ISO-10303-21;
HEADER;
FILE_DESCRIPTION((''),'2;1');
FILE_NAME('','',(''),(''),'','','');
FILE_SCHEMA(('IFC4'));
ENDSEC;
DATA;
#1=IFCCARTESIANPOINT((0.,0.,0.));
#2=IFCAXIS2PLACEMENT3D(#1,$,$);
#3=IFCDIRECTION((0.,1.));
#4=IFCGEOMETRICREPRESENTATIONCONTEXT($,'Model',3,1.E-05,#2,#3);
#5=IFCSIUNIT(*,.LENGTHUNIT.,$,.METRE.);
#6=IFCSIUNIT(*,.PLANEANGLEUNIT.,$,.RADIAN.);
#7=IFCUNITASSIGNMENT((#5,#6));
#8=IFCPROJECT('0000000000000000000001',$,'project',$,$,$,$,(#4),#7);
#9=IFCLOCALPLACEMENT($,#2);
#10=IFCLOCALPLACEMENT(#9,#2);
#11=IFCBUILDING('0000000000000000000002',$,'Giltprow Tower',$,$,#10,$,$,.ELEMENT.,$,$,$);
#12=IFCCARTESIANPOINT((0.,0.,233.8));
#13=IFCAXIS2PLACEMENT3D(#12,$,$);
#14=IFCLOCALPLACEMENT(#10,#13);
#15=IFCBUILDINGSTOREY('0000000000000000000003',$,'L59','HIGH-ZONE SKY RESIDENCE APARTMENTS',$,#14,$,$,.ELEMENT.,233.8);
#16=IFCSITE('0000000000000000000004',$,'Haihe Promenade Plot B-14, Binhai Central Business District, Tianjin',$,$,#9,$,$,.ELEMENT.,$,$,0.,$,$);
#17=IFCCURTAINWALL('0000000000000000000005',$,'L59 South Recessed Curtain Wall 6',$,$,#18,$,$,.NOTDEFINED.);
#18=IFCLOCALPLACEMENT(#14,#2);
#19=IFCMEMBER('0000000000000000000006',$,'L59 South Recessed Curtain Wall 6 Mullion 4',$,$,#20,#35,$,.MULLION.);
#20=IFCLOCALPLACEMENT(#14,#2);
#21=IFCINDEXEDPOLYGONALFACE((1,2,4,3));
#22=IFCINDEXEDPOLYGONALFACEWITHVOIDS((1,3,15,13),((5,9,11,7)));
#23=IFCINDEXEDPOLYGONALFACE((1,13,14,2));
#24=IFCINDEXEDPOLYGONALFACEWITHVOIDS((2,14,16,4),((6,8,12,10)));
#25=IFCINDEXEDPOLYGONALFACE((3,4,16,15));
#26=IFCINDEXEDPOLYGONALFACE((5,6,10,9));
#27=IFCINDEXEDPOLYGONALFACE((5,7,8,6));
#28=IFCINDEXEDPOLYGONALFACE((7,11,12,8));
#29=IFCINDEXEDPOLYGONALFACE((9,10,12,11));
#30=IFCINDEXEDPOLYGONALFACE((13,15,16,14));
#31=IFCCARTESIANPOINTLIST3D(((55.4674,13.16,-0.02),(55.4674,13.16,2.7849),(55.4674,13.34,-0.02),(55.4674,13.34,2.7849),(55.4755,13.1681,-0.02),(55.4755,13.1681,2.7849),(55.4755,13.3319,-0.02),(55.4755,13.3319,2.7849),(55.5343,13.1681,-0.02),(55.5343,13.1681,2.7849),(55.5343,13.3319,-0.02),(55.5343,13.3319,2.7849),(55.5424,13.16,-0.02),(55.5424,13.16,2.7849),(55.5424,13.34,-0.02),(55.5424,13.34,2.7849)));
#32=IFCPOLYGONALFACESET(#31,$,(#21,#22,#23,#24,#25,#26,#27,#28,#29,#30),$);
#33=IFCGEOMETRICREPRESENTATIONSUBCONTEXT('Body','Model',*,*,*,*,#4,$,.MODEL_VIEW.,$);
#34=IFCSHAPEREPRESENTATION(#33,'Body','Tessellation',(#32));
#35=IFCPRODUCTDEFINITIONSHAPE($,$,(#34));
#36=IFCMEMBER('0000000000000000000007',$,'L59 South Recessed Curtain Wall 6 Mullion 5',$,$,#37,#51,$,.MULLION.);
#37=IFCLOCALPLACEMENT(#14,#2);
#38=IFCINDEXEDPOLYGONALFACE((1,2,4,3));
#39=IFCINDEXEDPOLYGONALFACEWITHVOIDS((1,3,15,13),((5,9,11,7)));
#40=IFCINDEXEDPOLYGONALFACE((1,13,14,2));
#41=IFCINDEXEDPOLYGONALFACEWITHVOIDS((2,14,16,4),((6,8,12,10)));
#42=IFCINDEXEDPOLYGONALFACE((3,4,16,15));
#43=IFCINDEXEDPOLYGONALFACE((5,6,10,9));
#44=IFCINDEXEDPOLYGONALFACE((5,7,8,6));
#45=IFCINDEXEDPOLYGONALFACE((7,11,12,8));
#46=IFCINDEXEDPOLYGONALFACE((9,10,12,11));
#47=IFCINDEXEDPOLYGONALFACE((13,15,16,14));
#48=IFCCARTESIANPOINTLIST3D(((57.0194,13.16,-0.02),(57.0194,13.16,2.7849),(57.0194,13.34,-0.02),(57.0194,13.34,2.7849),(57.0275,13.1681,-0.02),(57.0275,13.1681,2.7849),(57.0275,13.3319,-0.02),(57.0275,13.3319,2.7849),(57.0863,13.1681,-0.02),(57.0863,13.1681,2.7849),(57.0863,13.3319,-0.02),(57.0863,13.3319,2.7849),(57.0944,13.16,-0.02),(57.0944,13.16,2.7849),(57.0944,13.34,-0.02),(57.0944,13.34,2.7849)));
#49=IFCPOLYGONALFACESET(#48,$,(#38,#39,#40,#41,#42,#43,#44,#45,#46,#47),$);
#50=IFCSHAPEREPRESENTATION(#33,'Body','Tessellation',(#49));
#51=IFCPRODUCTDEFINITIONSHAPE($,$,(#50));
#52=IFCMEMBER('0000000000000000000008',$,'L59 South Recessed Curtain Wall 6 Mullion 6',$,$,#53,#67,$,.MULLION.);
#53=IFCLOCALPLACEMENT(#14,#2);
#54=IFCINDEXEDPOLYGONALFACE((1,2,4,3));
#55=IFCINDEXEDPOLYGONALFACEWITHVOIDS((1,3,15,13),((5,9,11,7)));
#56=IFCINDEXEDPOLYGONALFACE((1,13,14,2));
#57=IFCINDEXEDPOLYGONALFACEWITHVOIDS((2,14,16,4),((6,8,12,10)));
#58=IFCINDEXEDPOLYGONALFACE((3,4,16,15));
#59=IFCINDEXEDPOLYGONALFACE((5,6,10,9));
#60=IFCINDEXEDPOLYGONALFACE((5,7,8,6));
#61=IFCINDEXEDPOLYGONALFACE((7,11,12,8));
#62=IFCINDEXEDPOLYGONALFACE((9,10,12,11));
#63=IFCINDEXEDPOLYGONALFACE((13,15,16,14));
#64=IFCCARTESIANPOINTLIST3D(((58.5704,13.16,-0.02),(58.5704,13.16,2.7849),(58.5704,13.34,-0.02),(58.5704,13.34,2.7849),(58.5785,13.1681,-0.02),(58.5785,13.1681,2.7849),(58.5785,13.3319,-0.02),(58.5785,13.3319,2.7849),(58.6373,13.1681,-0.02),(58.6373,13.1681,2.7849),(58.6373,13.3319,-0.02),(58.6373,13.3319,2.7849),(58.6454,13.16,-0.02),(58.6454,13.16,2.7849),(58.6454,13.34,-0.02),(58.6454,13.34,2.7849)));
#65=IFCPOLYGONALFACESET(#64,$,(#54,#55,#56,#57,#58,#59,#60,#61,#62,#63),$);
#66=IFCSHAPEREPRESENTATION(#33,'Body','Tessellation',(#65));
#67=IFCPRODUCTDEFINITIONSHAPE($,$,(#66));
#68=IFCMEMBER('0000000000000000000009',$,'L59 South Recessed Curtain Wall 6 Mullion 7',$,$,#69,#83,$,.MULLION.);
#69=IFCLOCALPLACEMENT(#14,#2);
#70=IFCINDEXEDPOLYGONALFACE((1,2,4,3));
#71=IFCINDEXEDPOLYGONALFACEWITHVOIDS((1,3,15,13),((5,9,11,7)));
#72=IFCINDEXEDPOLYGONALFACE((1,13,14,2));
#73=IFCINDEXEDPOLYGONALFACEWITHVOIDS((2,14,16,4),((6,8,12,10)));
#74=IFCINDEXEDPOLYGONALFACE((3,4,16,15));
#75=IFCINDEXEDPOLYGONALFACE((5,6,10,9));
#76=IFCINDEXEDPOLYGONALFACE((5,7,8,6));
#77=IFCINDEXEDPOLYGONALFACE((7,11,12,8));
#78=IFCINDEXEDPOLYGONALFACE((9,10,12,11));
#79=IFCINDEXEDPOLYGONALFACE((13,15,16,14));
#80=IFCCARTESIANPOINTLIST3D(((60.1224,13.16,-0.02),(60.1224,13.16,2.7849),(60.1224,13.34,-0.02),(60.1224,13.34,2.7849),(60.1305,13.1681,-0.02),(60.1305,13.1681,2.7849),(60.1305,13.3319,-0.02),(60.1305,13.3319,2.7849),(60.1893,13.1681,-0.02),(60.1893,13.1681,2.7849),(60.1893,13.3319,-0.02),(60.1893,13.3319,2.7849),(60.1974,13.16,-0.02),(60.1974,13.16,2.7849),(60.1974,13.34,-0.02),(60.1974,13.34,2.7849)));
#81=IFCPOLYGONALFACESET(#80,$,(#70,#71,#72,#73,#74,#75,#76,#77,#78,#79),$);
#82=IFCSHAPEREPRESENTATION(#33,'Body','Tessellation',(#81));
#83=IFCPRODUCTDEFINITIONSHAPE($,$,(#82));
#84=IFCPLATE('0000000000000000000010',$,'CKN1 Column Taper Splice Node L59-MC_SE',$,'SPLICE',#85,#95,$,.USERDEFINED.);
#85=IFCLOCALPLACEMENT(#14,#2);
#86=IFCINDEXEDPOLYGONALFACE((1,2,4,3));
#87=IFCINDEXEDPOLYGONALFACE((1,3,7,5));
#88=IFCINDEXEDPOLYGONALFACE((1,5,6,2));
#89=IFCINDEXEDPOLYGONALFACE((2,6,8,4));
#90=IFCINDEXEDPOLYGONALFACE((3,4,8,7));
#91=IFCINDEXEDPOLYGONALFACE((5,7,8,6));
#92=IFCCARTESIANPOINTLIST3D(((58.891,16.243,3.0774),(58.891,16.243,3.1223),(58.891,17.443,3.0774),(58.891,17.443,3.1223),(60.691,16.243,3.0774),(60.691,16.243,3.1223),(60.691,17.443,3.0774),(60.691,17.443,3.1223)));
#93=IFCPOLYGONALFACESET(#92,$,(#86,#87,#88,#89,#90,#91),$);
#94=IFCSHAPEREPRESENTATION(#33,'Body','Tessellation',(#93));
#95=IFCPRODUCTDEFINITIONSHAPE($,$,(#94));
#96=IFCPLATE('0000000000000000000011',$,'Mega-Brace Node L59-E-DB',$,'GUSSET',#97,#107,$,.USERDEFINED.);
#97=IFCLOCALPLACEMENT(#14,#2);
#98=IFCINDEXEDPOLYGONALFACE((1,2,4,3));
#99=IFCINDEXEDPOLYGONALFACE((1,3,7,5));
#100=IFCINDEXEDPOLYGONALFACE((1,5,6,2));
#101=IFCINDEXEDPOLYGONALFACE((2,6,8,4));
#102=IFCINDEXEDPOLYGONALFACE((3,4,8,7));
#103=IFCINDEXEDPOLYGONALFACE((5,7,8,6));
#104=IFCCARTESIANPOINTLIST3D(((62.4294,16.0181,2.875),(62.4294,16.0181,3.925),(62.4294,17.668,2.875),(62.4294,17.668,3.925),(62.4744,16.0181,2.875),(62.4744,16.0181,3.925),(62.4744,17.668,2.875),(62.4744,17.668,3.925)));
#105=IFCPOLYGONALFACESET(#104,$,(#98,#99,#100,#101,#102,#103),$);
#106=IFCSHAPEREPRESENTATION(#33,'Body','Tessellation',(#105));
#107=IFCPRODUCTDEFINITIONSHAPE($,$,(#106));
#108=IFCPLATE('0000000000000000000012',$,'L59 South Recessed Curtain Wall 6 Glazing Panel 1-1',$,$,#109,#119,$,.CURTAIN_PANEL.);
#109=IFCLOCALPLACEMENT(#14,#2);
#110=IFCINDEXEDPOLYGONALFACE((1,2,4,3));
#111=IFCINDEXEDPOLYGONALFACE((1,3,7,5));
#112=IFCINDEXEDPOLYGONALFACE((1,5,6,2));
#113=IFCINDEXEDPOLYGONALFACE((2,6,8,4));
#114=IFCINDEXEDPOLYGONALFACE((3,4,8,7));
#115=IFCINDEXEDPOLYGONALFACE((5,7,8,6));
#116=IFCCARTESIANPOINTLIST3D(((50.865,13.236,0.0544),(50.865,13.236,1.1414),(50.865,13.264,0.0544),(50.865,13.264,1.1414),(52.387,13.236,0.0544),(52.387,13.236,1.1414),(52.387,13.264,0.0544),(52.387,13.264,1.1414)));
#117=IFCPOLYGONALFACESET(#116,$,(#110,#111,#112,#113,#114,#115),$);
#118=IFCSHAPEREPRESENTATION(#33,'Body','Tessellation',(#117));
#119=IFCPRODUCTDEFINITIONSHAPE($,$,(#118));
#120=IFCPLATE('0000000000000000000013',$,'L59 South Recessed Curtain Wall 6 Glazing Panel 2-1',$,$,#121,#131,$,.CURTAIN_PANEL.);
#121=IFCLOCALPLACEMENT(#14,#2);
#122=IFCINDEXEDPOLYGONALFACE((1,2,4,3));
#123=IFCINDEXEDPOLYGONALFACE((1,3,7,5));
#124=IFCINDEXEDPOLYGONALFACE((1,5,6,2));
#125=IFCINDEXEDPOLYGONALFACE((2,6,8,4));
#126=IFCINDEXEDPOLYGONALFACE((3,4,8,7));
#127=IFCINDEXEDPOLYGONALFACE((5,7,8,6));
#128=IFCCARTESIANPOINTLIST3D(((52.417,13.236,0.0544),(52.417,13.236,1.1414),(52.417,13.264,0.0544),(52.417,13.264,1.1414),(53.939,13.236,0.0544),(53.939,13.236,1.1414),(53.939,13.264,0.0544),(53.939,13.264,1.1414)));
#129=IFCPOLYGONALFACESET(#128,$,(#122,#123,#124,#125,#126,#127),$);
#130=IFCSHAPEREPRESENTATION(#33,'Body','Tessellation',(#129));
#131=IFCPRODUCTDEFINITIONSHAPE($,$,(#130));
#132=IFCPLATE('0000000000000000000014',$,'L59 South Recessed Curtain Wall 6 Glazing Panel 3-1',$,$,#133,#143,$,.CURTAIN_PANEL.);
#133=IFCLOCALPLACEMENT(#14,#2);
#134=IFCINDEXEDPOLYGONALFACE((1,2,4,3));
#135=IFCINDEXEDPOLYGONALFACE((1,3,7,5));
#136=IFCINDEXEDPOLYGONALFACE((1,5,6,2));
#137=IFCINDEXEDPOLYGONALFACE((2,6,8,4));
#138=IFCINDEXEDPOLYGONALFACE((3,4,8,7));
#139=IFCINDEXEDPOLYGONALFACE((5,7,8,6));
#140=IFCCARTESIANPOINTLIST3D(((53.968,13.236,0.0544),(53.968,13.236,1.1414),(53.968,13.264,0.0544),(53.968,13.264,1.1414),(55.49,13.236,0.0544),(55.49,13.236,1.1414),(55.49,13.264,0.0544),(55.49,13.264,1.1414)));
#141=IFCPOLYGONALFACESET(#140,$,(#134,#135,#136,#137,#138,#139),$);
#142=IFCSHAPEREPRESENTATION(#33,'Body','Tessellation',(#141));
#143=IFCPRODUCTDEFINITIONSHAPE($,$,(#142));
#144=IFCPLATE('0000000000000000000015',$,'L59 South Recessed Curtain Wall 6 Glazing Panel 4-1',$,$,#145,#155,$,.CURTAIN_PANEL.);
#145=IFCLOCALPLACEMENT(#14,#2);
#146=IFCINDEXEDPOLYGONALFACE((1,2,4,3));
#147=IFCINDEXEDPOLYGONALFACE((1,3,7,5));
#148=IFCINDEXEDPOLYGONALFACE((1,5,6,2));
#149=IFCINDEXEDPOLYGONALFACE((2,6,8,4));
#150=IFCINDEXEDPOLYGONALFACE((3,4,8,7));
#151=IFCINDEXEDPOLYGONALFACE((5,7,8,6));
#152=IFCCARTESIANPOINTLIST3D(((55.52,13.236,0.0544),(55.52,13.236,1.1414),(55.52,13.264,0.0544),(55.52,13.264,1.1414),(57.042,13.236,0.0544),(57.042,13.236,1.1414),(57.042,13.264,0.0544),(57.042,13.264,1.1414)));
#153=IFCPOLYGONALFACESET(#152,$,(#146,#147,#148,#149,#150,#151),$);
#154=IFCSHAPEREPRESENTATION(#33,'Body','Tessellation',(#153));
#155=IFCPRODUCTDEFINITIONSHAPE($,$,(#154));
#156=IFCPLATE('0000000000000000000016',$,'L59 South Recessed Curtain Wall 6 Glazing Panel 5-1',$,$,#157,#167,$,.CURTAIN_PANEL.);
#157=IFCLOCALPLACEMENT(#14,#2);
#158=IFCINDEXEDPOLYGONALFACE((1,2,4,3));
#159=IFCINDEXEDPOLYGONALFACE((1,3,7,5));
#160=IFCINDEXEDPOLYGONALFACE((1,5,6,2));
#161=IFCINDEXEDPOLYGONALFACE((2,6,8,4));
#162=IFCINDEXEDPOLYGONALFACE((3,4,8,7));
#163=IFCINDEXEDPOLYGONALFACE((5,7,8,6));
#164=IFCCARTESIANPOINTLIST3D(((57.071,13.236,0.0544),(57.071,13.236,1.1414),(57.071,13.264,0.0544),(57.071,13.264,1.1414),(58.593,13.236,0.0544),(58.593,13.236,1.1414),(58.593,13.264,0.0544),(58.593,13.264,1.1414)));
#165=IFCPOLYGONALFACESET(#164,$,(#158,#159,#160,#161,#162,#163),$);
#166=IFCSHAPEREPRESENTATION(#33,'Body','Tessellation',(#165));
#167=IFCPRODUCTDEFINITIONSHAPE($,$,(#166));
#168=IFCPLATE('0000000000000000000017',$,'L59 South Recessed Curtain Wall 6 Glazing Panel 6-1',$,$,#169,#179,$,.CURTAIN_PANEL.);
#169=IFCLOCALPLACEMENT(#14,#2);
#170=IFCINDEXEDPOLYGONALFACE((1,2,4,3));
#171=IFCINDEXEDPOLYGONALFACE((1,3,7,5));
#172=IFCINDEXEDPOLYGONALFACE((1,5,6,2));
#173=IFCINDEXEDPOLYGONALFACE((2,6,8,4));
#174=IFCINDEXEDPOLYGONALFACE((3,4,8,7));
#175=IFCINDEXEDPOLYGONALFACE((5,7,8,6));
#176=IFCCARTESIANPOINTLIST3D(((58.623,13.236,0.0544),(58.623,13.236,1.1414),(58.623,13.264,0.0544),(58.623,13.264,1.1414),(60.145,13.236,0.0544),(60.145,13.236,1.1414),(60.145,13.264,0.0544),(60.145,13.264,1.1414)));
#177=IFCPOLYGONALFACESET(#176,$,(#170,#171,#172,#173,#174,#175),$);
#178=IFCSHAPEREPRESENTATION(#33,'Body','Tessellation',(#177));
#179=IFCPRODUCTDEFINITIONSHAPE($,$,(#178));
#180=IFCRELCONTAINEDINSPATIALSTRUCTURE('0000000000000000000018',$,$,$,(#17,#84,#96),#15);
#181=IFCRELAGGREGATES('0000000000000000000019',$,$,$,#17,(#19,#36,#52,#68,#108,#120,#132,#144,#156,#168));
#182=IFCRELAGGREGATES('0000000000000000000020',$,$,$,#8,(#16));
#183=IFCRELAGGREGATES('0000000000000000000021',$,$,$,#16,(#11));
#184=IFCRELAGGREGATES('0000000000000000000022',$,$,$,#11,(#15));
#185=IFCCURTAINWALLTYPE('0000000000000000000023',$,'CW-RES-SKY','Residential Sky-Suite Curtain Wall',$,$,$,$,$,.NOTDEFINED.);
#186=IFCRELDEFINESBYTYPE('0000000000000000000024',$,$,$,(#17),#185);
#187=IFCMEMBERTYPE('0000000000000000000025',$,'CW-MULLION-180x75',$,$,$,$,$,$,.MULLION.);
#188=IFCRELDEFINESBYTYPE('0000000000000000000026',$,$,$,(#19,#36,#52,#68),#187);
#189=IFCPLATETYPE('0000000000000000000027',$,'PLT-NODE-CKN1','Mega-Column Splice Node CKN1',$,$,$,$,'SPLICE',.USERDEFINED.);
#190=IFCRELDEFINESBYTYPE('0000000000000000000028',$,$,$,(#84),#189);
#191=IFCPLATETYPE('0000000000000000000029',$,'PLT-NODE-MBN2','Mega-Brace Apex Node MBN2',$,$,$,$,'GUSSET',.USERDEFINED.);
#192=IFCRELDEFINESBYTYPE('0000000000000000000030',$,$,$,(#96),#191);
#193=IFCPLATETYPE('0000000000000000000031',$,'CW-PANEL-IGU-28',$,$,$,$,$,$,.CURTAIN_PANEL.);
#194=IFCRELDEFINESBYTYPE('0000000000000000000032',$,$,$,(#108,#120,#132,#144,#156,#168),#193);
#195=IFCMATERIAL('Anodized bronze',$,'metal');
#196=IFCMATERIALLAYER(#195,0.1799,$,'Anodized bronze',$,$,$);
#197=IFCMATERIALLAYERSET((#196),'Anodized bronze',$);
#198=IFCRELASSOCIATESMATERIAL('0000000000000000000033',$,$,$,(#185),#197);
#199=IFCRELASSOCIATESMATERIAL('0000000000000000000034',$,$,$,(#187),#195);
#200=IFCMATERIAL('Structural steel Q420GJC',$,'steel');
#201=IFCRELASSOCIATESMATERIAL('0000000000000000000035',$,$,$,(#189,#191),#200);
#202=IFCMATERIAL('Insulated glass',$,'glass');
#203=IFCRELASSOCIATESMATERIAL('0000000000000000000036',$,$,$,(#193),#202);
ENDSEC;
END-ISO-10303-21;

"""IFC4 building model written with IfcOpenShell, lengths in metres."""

from ifc_helpers import new_model, si_unit, direction, frame, origin, origin_2d, place, context, subcontext, project, spatial, rectangle, hollow_rectangle, extrude, source, transform, mapped, material, layer, layer_set, material_profile, profile_set, type_object, element, aggregate, save


model = new_model("IFC4")

# Units and contexts
model_context = context("Model", 3, precision=1e-05, world=origin(), true_north=direction((0.0, 1.0)))
body_context = subcontext(model_context, "Body", "Model", "MODEL_VIEW")
ifc_project = project(units=[si_unit("LENGTHUNIT", "METRE"), si_unit("PLANEANGLEUNIT", "RADIAN")], contexts=[model_context])

# Site, building, storey
site_placement = place(None, origin())
site = spatial("IfcSite", under=ifc_project, at=site_placement, Name="Haihe Promenade Plot B-14, Binhai Central Business District, Tianjin", CompositionType="ELEMENT", RefElevation=0.0)
building_placement = place(site_placement, origin())
building = spatial("IfcBuilding", under=site, at=building_placement, Name="Giltprow Tower", CompositionType="ELEMENT")
storey_placement = place(building_placement, frame((0.0, 0.0, 233.8)))
storey = spatial("IfcBuildingStorey", under=building, at=storey_placement, Name="L59", Description="HIGH-ZONE SKY RESIDENCE APARTMENTS", CompositionType="ELEMENT", Elevation=233.8)

# Shared definitions
ifc_material_1 = material(Name="Structural steel Q420GJC", Category="steel")

# Curtain wall, members
ifc_material_2 = material(Name="Anodized bronze", Category="metal")
ifc_layer_1 = layer(ifc_material_2, 0.1799, Name="Anodized bronze")
ifc_layer_set_1 = layer_set([ifc_layer_1], Name="Anodized bronze")
curtain_wall_type = type_object("IfcCurtainWallType", Name="CW-RES-SKY", Description="Residential Sky-Suite Curtain Wall", PredefinedType="NOTDEFINED", material=ifc_layer_set_1)
curtain_wall_placement = place(storey_placement, origin())
curtain_wall = element("IfcCurtainWall", 1, at=curtain_wall_placement, inside=storey, type_object=curtain_wall_type, Name="L59 South Recessed Curtain Wall 6", PredefinedType="NOTDEFINED")
ifc_material_profile_1 = material_profile(ifc_material_2, hollow_rectangle(XDim=0.075, YDim=0.1799, WallThickness=0.0081, at=origin_2d()), Name="RHS 180x75x8")
ifc_profile_set_1 = profile_set([ifc_material_profile_1], Name="Anodized bronze")
member_type_1 = type_object("IfcMemberType", Name="CW-MULLION-180x75", PredefinedType="MULLION", material=ifc_profile_set_1)
shared_shape_1 = source(origin(), body_context, "Body", "SweptSolid", [
    extrude(hollow_rectangle(XDim=0.075, YDim=0.1799, WallThickness=0.0081, at=origin_2d()), origin(), (0.0, 0.0, 1.0), 2.8049),
])
member_1_placement = place(storey_placement, frame((55.5049, 13.25, -0.02), z_axis=(0.0, 0.0, 1.0), x_axis=(1.0, 0.0, 0.0)))
member_1 = element("IfcMember", 2, at=member_1_placement, type_object=member_type_1, Name="L59 South Recessed Curtain Wall 6 Mullion 4", PredefinedType="MULLION", context=body_context, shape_type="MappedRepresentation", body=[
    mapped(shared_shape_1, transform((0.0, 0.0, 0.0), x_axis=(1.0, 0.0, 0.0), y_axis=(0.0, 1.0, 0.0), z_axis=(0.0, 0.0, 1.0), scale=1.0)),
])
member_2_placement = place(storey_placement, frame((57.0569, 13.25, -0.02), z_axis=(0.0, 0.0, 1.0), x_axis=(1.0, 0.0, 0.0)))
member_2 = element("IfcMember", 3, at=member_2_placement, type_object=member_type_1, Name="L59 South Recessed Curtain Wall 6 Mullion 5", PredefinedType="MULLION", context=body_context, shape_type="MappedRepresentation", body=[
    mapped(shared_shape_1, transform((0.0, 0.0, 0.0), x_axis=(1.0, 0.0, 0.0), y_axis=(0.0, 1.0, 0.0), z_axis=(0.0, 0.0, 1.0), scale=1.0)),
])
member_3_placement = place(storey_placement, frame((58.6079, 13.25, -0.02), z_axis=(0.0, 0.0, 1.0), x_axis=(1.0, 0.0, 0.0)))
member_3 = element("IfcMember", 4, at=member_3_placement, type_object=member_type_1, Name="L59 South Recessed Curtain Wall 6 Mullion 6", PredefinedType="MULLION", context=body_context, shape_type="MappedRepresentation", body=[
    mapped(shared_shape_1, transform((0.0, 0.0, 0.0), x_axis=(1.0, 0.0, 0.0), y_axis=(0.0, 1.0, 0.0), z_axis=(0.0, 0.0, 1.0), scale=1.0)),
])
member_4_placement = place(storey_placement, frame((60.1599, 13.25, -0.02), z_axis=(0.0, 0.0, 1.0), x_axis=(1.0, 0.0, 0.0)))
member_4 = element("IfcMember", 5, at=member_4_placement, type_object=member_type_1, Name="L59 South Recessed Curtain Wall 6 Mullion 7", PredefinedType="MULLION", context=body_context, shape_type="MappedRepresentation", body=[
    mapped(shared_shape_1, transform((0.0, 0.0, 0.0), x_axis=(1.0, 0.0, 0.0), y_axis=(0.0, 1.0, 0.0), z_axis=(0.0, 0.0, 1.0), scale=1.0)),
])

# Plates
plate_type_1 = type_object("IfcPlateType", Name="PLT-NODE-CKN1", Description="Mega-Column Splice Node CKN1", ElementType="SPLICE", PredefinedType="USERDEFINED", material=ifc_material_1)
shared_shape_2 = source(origin(), body_context, "Body", "SweptSolid", [
    extrude(rectangle(XDim=1.8, YDim=1.2, at=origin_2d()), origin(), (0.0, 0.0, 1.0), 0.0449),
])
plate_1_placement = place(storey_placement, frame((59.791, 16.843, 3.0774), z_axis=(0.0, 0.0, 1.0), x_axis=(1.0, 0.0, 0.0)))
element("IfcPlate", 6, at=plate_1_placement, inside=storey, type_object=plate_type_1, Name="CKN1 Column Taper Splice Node L59-MC_SE", ObjectType="SPLICE", PredefinedType="USERDEFINED", context=body_context, shape_type="MappedRepresentation", body=[
    mapped(shared_shape_2, transform((0.0, 0.0, 0.0), x_axis=(1.0, 0.0, 0.0), y_axis=(0.0, 1.0, 0.0), z_axis=(0.0, 0.0, 1.0), scale=1.0)),
])
plate_type_2 = type_object("IfcPlateType", Name="PLT-NODE-MBN2", Description="Mega-Brace Apex Node MBN2", ElementType="GUSSET", PredefinedType="USERDEFINED", material=ifc_material_1)
shared_shape_3 = source(origin(), body_context, "Body", "SweptSolid", [
    extrude(rectangle(XDim=1.6499, YDim=0.0449, at=origin_2d()), origin(), (0.0, 0.0, 1.0), 1.05),
])
plate_2_placement = place(storey_placement, frame((62.4519, 16.843, 2.875), z_axis=(0.0, 0.0, 1.0), x_axis=(0.0, 1.0, 0.0)))
element("IfcPlate", 7, at=plate_2_placement, inside=storey, type_object=plate_type_2, Name="Mega-Brace Node L59-E-DB", ObjectType="GUSSET", PredefinedType="USERDEFINED", context=body_context, shape_type="MappedRepresentation", body=[
    mapped(shared_shape_3, transform((0.0, 0.0, 0.0), x_axis=(1.0, 0.0, 0.0), y_axis=(0.0, 1.0, 0.0), z_axis=(0.0, 0.0, 1.0), scale=1.0)),
])

# Plates
ifc_material_3 = material(Name="Insulated glass", Category="glass")
plate_type_3 = type_object("IfcPlateType", Name="CW-PANEL-IGU-28", PredefinedType="CURTAIN_PANEL", material=ifc_material_3)
shared_shape_4 = source(origin(), body_context, "Body", "SweptSolid", [
    extrude(rectangle(XDim=1.522, YDim=0.0281, at=origin_2d()), origin(), (0.0, 0.0, 1.0), 1.0869),
])
plate_3_placement = place(storey_placement, frame((51.626, 13.25, 0.0544), z_axis=(0.0, 0.0, 1.0), x_axis=(1.0, 0.0, 0.0)))
plate_3 = element("IfcPlate", 8, at=plate_3_placement, type_object=plate_type_3, Name="L59 South Recessed Curtain Wall 6 Glazing Panel 1-1", PredefinedType="CURTAIN_PANEL", context=body_context, shape_type="MappedRepresentation", body=[
    mapped(shared_shape_4, transform((0.0, 0.0, 0.0), x_axis=(1.0, 0.0, 0.0), y_axis=(0.0, 1.0, 0.0), z_axis=(0.0, 0.0, 1.0), scale=1.0)),
])
plate_4_placement = place(storey_placement, frame((53.178, 13.25, 0.0544), z_axis=(0.0, 0.0, 1.0), x_axis=(1.0, 0.0, 0.0)))
plate_4 = element("IfcPlate", 9, at=plate_4_placement, type_object=plate_type_3, Name="L59 South Recessed Curtain Wall 6 Glazing Panel 2-1", PredefinedType="CURTAIN_PANEL", context=body_context, shape_type="MappedRepresentation", body=[
    mapped(shared_shape_4, transform((0.0, 0.0, 0.0), x_axis=(1.0, 0.0, 0.0), y_axis=(0.0, 1.0, 0.0), z_axis=(0.0, 0.0, 1.0), scale=1.0)),
])
plate_5_placement = place(storey_placement, frame((54.729, 13.25, 0.0544), z_axis=(0.0, 0.0, 1.0), x_axis=(1.0, 0.0, 0.0)))
plate_5 = element("IfcPlate", 10, at=plate_5_placement, type_object=plate_type_3, Name="L59 South Recessed Curtain Wall 6 Glazing Panel 3-1", PredefinedType="CURTAIN_PANEL", context=body_context, shape_type="MappedRepresentation", body=[
    mapped(shared_shape_4, transform((0.0, 0.0, 0.0), x_axis=(1.0, 0.0, 0.0), y_axis=(0.0, 1.0, 0.0), z_axis=(0.0, 0.0, 1.0), scale=1.0)),
])
plate_6_placement = place(storey_placement, frame((56.281, 13.25, 0.0544), z_axis=(0.0, 0.0, 1.0), x_axis=(1.0, 0.0, 0.0)))
plate_6 = element("IfcPlate", 11, at=plate_6_placement, type_object=plate_type_3, Name="L59 South Recessed Curtain Wall 6 Glazing Panel 4-1", PredefinedType="CURTAIN_PANEL", context=body_context, shape_type="MappedRepresentation", body=[
    mapped(shared_shape_4, transform((0.0, 0.0, 0.0), x_axis=(1.0, 0.0, 0.0), y_axis=(0.0, 1.0, 0.0), z_axis=(0.0, 0.0, 1.0), scale=1.0)),
])
plate_7_placement = place(storey_placement, frame((57.832, 13.25, 0.0544), z_axis=(0.0, 0.0, 1.0), x_axis=(1.0, 0.0, 0.0)))
plate_7 = element("IfcPlate", 12, at=plate_7_placement, type_object=plate_type_3, Name="L59 South Recessed Curtain Wall 6 Glazing Panel 5-1", PredefinedType="CURTAIN_PANEL", context=body_context, shape_type="MappedRepresentation", body=[
    mapped(shared_shape_4, transform((0.0, 0.0, 0.0), x_axis=(1.0, 0.0, 0.0), y_axis=(0.0, 1.0, 0.0), z_axis=(0.0, 0.0, 1.0), scale=1.0)),
])
plate_8_placement = place(storey_placement, frame((59.384, 13.25, 0.0544), z_axis=(0.0, 0.0, 1.0), x_axis=(1.0, 0.0, 0.0)))
plate_8 = element("IfcPlate", 13, at=plate_8_placement, type_object=plate_type_3, Name="L59 South Recessed Curtain Wall 6 Glazing Panel 6-1", PredefinedType="CURTAIN_PANEL", context=body_context, shape_type="MappedRepresentation", body=[
    mapped(shared_shape_4, transform((0.0, 0.0, 0.0), x_axis=(1.0, 0.0, 0.0), y_axis=(0.0, 1.0, 0.0), z_axis=(0.0, 0.0, 1.0), scale=1.0)),
])
aggregate(curtain_wall, [member_1, member_2, member_3, member_4, plate_3, plate_4, plate_5, plate_6, plate_7, plate_8])

save(model, "model.ifc")
